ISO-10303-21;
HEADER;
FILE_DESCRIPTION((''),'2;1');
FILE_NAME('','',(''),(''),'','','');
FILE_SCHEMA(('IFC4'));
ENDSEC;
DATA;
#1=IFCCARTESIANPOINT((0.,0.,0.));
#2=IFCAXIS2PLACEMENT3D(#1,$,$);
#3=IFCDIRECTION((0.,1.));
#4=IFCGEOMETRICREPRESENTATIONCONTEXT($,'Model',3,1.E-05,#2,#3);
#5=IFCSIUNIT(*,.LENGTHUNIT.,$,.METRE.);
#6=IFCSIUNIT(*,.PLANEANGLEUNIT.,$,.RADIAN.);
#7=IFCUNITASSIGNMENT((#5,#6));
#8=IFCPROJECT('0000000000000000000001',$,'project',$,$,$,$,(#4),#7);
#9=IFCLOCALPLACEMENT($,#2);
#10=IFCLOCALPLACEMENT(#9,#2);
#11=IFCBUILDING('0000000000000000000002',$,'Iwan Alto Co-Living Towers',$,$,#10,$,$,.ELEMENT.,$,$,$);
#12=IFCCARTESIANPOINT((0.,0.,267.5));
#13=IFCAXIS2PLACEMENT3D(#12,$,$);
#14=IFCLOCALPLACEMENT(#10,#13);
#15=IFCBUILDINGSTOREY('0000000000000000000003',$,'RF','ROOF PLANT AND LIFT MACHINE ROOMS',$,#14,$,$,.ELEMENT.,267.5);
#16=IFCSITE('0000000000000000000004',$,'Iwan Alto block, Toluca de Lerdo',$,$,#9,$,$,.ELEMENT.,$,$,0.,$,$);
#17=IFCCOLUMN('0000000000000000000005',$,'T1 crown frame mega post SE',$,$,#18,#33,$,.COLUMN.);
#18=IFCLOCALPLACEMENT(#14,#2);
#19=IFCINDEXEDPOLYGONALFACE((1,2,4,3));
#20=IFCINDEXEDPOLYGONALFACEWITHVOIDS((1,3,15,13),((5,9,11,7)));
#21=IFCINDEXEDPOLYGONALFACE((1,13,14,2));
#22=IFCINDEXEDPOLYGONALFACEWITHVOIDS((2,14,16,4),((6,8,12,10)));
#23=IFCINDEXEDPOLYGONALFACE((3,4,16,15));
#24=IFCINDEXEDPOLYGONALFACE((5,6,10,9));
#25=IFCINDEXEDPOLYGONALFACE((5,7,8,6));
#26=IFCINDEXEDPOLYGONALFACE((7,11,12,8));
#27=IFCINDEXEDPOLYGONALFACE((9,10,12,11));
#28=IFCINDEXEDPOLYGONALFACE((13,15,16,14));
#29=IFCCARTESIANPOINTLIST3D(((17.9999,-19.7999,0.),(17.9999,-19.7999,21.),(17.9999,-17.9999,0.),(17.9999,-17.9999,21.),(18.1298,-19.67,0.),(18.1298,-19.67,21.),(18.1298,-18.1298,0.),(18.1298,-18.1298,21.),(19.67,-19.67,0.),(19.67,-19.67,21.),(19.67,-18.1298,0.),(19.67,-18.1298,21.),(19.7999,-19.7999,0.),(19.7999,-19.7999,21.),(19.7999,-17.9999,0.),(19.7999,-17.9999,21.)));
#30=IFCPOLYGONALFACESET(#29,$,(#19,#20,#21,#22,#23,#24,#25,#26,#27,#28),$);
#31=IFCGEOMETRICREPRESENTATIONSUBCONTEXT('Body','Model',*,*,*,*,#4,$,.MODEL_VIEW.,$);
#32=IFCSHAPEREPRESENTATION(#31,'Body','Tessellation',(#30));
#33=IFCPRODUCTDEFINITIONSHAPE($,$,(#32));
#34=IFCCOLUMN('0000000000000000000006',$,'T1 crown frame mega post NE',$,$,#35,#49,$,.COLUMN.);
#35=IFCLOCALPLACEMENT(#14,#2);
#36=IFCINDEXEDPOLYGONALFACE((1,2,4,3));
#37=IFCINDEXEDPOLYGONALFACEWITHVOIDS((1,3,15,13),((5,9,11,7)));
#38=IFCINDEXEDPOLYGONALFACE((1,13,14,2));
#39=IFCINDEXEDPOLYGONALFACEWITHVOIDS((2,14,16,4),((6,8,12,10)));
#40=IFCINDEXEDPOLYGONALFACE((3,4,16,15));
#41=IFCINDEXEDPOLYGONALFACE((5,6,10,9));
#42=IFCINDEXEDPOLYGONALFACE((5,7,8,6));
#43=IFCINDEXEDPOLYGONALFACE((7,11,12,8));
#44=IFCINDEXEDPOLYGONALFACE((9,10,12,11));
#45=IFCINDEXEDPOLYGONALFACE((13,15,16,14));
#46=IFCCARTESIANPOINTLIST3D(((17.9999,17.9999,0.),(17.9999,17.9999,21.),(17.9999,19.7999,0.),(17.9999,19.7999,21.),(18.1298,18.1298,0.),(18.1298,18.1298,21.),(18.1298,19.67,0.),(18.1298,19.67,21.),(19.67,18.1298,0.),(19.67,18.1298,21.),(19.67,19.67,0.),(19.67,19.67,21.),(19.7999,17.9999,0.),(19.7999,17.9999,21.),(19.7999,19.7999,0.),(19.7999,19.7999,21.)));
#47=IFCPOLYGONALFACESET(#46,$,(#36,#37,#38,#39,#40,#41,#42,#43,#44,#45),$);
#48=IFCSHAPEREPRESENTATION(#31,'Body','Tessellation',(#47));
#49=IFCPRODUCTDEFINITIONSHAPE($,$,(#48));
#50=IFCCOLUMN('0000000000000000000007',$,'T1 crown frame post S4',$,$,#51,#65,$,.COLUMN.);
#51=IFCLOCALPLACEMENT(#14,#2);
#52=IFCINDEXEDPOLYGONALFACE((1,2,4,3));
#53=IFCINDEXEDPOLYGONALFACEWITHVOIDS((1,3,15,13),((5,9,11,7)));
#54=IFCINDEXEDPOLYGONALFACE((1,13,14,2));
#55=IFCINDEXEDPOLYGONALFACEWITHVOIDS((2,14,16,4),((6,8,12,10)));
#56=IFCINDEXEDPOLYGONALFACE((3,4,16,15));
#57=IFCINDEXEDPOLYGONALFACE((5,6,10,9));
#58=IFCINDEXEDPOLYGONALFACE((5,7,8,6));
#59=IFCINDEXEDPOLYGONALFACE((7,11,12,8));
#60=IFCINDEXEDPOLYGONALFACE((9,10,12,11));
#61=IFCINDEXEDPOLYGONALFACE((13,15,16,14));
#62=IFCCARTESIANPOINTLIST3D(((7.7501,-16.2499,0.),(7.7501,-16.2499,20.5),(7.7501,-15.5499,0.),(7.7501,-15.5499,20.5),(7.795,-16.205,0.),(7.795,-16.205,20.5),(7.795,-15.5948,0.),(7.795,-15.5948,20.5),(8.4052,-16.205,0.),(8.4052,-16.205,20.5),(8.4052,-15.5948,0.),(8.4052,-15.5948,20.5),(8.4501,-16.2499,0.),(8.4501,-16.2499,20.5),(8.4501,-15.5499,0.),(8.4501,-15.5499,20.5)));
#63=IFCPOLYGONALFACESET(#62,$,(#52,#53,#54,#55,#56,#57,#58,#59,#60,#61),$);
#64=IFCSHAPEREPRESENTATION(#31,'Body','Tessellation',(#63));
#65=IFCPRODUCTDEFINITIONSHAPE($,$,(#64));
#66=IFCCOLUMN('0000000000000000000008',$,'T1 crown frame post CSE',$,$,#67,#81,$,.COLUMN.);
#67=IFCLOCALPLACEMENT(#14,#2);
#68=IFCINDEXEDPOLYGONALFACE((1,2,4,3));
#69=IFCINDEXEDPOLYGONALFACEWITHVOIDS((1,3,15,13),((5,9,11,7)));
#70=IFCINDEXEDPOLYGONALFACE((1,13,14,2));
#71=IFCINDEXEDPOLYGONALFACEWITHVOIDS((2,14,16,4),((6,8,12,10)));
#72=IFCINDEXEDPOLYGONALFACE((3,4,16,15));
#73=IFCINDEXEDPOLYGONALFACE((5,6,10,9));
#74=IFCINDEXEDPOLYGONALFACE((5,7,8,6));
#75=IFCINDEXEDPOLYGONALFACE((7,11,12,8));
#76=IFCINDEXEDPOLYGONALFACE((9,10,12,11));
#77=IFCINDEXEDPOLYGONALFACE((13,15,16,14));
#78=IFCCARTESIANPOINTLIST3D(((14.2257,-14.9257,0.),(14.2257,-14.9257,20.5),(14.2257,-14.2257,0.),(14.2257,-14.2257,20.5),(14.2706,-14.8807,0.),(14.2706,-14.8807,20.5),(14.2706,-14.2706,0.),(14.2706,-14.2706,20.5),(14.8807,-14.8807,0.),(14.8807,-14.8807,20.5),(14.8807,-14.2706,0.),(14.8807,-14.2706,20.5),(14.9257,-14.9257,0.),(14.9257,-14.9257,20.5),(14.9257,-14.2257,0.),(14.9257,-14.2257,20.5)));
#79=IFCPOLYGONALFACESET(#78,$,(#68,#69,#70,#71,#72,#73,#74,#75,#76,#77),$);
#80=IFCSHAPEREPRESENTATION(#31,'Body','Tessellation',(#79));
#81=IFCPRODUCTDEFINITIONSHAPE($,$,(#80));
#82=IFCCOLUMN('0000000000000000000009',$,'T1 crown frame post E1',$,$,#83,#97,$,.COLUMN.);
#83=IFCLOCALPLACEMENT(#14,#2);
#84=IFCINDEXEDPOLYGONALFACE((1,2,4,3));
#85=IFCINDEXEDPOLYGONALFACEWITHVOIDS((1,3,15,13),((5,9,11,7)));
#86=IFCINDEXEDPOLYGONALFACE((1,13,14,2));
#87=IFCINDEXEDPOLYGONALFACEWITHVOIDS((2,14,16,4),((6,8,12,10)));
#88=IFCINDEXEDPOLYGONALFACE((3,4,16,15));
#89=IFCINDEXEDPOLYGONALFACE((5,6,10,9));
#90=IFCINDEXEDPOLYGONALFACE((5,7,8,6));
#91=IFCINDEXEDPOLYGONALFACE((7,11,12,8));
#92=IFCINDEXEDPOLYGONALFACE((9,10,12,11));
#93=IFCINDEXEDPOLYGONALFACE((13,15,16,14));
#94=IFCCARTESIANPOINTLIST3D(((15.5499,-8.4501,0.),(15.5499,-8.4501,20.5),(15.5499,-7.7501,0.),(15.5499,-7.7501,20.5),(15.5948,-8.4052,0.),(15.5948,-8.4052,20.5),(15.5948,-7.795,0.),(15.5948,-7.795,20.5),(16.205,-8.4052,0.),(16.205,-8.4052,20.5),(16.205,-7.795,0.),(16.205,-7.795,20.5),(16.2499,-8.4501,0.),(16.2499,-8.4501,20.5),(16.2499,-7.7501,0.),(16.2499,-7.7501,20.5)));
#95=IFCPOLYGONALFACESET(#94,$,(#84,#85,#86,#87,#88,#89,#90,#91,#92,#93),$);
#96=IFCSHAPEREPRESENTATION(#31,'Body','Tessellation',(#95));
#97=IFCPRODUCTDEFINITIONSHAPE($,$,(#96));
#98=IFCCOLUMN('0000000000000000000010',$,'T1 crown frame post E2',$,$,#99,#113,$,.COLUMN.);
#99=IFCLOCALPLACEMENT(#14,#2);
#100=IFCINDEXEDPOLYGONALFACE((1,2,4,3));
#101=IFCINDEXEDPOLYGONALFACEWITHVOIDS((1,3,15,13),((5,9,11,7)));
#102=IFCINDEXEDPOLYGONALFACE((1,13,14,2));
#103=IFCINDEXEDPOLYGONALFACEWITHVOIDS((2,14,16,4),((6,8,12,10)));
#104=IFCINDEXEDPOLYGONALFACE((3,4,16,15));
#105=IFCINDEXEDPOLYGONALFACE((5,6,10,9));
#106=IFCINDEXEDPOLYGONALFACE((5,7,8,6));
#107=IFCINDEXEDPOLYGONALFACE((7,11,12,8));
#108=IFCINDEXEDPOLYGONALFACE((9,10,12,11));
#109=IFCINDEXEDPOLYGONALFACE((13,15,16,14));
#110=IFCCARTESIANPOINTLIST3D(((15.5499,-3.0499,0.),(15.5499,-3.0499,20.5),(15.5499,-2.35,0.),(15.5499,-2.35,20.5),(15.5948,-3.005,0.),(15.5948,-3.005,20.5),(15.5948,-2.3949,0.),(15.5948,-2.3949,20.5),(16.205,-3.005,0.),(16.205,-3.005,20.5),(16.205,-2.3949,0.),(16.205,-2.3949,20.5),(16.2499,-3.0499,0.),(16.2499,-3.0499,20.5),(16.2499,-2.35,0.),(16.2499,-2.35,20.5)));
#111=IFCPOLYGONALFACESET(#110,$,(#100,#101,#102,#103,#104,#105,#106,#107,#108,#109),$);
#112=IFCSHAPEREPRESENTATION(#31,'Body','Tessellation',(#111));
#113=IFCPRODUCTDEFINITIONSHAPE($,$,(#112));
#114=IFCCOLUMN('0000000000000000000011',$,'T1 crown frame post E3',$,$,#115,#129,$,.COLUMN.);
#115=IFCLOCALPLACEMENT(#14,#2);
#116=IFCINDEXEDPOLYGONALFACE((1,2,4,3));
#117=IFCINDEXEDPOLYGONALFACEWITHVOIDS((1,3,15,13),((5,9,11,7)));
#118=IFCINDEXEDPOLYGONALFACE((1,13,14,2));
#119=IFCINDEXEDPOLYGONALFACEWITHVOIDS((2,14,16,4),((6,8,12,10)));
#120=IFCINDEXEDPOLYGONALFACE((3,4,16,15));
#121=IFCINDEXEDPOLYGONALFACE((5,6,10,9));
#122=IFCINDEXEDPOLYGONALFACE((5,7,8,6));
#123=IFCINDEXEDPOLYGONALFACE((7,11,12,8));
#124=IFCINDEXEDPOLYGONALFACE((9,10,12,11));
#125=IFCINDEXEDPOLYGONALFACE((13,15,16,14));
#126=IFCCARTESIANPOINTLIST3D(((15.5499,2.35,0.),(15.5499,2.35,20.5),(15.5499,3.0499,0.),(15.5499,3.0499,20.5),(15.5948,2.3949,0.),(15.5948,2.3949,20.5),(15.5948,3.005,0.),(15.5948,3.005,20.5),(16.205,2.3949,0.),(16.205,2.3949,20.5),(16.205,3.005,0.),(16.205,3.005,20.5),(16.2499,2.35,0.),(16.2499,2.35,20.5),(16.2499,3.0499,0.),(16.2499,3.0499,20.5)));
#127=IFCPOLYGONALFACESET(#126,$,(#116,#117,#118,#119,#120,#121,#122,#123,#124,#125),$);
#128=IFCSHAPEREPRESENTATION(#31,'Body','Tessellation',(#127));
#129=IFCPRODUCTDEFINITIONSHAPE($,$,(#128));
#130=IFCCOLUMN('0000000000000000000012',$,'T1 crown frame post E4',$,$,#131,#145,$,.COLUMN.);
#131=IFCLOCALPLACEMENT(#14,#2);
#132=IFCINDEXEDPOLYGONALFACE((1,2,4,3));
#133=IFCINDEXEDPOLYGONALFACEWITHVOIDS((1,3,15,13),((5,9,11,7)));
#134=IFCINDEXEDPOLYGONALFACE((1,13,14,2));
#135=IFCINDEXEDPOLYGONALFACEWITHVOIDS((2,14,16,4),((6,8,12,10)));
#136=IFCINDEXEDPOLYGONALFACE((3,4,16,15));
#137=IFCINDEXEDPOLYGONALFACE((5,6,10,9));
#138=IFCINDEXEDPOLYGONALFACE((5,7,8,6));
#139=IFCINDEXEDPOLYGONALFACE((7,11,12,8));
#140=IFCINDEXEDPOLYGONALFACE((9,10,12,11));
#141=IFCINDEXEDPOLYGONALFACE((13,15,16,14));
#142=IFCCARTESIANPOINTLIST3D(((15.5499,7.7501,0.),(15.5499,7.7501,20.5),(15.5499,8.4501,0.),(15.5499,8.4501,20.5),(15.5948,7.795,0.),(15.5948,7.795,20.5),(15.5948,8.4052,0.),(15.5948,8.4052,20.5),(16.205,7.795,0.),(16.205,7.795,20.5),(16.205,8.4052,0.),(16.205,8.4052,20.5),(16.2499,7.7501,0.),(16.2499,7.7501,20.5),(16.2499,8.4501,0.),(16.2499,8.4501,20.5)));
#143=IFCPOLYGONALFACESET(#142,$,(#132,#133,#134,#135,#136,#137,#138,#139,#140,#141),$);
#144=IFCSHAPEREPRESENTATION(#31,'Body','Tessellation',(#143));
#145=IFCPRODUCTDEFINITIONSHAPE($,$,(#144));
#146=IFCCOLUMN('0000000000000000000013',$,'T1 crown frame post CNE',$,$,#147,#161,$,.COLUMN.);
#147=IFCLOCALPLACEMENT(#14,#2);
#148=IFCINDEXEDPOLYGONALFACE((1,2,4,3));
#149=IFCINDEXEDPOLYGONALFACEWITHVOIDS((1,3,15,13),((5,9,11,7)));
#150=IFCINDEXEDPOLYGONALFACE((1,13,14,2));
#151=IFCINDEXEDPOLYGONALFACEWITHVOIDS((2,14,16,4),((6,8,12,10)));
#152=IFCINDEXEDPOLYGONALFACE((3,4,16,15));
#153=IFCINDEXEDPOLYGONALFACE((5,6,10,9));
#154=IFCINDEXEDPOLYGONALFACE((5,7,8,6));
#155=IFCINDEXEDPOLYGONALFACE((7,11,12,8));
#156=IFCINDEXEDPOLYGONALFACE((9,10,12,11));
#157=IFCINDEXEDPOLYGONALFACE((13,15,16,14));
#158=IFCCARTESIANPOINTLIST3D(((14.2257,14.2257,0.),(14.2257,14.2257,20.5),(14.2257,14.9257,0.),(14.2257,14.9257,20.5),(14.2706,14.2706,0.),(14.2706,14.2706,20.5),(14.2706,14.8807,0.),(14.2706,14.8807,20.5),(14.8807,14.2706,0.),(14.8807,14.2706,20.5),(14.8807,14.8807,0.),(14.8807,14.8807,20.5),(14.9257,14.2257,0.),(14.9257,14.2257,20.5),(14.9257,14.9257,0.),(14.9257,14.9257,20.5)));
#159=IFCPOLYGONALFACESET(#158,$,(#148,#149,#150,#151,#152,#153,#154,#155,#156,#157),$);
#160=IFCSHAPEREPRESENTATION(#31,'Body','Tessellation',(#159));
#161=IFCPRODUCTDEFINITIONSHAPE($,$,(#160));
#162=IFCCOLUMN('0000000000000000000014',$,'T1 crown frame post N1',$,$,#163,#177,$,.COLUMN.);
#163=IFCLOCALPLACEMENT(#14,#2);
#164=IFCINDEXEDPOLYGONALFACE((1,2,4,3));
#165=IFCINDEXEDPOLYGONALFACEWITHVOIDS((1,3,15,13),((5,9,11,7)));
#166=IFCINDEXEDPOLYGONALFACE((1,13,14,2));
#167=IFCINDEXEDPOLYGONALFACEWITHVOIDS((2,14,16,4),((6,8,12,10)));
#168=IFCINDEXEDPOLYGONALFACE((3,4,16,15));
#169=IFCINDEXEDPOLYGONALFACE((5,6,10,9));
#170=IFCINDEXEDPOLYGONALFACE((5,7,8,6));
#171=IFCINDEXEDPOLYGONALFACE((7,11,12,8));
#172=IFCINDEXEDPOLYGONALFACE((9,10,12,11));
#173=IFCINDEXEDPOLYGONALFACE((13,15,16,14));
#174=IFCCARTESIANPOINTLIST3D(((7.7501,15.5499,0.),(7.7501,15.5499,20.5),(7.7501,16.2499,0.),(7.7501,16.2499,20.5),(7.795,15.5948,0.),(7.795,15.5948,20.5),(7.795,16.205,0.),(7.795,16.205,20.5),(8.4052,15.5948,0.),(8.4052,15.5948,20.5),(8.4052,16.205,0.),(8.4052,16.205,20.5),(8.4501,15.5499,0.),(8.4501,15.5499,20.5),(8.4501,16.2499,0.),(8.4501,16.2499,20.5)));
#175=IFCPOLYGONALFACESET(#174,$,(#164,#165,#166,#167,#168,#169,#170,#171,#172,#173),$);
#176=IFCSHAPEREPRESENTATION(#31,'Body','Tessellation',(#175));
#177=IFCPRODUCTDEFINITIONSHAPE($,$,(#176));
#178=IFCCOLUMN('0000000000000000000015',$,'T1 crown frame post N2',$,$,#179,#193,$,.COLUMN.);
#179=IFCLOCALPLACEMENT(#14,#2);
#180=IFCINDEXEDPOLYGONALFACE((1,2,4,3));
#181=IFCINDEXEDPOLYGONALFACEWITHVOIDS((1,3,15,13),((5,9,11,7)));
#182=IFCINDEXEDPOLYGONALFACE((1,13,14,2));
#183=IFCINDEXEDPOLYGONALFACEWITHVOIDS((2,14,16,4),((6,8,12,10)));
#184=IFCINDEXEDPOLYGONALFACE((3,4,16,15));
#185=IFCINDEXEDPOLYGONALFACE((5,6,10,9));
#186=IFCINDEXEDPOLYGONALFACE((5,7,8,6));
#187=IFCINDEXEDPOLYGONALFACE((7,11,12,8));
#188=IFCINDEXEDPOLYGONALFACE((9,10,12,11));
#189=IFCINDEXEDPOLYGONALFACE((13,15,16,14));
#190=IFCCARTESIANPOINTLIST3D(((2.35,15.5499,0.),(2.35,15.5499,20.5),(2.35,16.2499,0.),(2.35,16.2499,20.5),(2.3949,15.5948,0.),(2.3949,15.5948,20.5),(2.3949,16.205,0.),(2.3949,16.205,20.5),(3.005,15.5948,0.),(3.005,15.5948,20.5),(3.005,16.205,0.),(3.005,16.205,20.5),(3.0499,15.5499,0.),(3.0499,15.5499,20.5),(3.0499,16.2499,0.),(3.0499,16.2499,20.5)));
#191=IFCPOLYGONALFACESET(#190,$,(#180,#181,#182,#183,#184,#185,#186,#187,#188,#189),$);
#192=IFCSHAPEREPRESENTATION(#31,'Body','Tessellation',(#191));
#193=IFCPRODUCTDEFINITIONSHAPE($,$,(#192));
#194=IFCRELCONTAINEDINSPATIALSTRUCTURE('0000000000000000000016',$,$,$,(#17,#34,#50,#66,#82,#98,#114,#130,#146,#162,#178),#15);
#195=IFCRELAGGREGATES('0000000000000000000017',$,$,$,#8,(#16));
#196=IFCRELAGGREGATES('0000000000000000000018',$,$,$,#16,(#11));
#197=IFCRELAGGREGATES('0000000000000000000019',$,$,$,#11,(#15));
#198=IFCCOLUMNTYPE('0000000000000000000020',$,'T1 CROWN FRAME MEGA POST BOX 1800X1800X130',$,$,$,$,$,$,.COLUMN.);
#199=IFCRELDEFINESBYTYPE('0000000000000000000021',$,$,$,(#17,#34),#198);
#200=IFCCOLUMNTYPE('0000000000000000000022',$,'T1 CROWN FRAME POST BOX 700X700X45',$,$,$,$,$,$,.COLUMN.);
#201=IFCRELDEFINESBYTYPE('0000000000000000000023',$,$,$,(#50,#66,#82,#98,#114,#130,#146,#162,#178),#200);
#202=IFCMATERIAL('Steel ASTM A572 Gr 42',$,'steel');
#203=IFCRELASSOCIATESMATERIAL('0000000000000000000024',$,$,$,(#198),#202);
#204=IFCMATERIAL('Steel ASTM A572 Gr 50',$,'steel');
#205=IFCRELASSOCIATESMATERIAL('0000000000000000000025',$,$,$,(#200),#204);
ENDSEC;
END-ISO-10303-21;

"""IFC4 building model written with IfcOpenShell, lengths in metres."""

from ifc_helpers import new_model, si_unit, direction, frame, origin, origin_2d, place, context, subcontext, project, spatial, hollow_rectangle, extrude, material, material_profile, profile_set, type_object, element, save


model = new_model("IFC4")

# Units and contexts
model_context = context("Model", 3, precision=1e-05, world=origin(), true_north=direction((0.0, 1.0)))
body_context = subcontext(model_context, "Body", "Model", "MODEL_VIEW")
ifc_project = project(units=[si_unit("LENGTHUNIT", "METRE"), si_unit("PLANEANGLEUNIT", "RADIAN")], contexts=[model_context])

# Site, building, storey
site_placement = place(None, origin())
site = spatial("IfcSite", under=ifc_project, at=site_placement, Name="Iwan Alto block, Toluca de Lerdo", CompositionType="ELEMENT", RefElevation=0.0)
building_placement = place(site_placement, origin())
building = spatial("IfcBuilding", under=site, at=building_placement, Name="Iwan Alto Co-Living Towers", CompositionType="ELEMENT")
storey_placement = place(building_placement, frame((0.0, 0.0, 267.5)))
storey = spatial("IfcBuildingStorey", under=building, at=storey_placement, Name="RF", Description="ROOF PLANT AND LIFT MACHINE ROOMS", CompositionType="ELEMENT", Elevation=267.5)

# Columns
ifc_material_1 = material(Name="Steel ASTM A572 Gr 42", Category="steel")
ifc_material_profile_1 = material_profile(ifc_material_1, hollow_rectangle(XDim=1.8, YDim=1.8, WallThickness=0.1299, at=origin_2d()), Name="BOX 1800X1800X130")
ifc_profile_set_1 = profile_set([ifc_material_profile_1], Name="Steel ASTM A572 Gr 42")
column_type_1 = type_object("IfcColumnType", Name="T1 CROWN FRAME MEGA POST BOX 1800X1800X130", PredefinedType="COLUMN", material=ifc_profile_set_1)
for number, where, z_axis, x_axis, name in (
    (1, (18.8999, -18.8999, 0.0), (0.0, 0.0, 1.0), (1.0, 0.0, 0.0), "T1 crown frame mega post SE"),
    (2, (18.8999, 18.8999, 0.0), (0.0, 0.0, 1.0), (1.0, 0.0, 0.0), "T1 crown frame mega post NE"),
):
    element("IfcColumn", number, at=place(storey_placement, frame(where, z_axis=z_axis, x_axis=x_axis)), inside=storey, type_object=column_type_1, Name=name, PredefinedType="COLUMN", context=body_context, shape_type="SweptSolid", body=[
        extrude(hollow_rectangle(XDim=1.8, YDim=1.8, WallThickness=0.1299, at=origin_2d()), origin(), (0.0, 0.0, 1.0), 21.0),
    ])
ifc_material_2 = material(Name="Steel ASTM A572 Gr 50", Category="steel")
ifc_material_profile_2 = material_profile(ifc_material_2, hollow_rectangle(XDim=0.7, YDim=0.7, WallThickness=0.0449, at=origin_2d()), Name="BOX 700X700X45")
ifc_profile_set_2 = profile_set([ifc_material_profile_2], Name="Steel ASTM A572 Gr 50")
column_type_2 = type_object("IfcColumnType", Name="T1 CROWN FRAME POST BOX 700X700X45", PredefinedType="COLUMN", material=ifc_profile_set_2)
for number, where, z_axis, x_axis, name in (
    (3, (8.1001, -15.8999, 0.0), (0.0, 0.0, 1.0), (1.0, 0.0, 0.0), "T1 crown frame post S4"),
    (4, (14.5757, -14.5757, 0.0), (0.0, 0.0, 1.0), (1.0, 0.0, 0.0), "T1 crown frame post CSE"),
    (5, (15.8999, -8.1001, 0.0), (0.0, 0.0, 1.0), (1.0, 0.0, 0.0), "T1 crown frame post E1"),
    (6, (15.8999, -2.7, 0.0), (0.0, 0.0, 1.0), (1.0, 0.0, 0.0), "T1 crown frame post E2"),
    (7, (15.8999, 2.7, 0.0), (0.0, 0.0, 1.0), (1.0, 0.0, 0.0), "T1 crown frame post E3"),
    (8, (15.8999, 8.1001, 0.0), (0.0, 0.0, 1.0), (1.0, 0.0, 0.0), "T1 crown frame post E4"),
    (9, (14.5757, 14.5757, 0.0), (0.0, 0.0, 1.0), (1.0, 0.0, 0.0), "T1 crown frame post CNE"),
    (10, (8.1001, 15.8999, 0.0), (0.0, 0.0, 1.0), (1.0, 0.0, 0.0), "T1 crown frame post N1"),
    (11, (2.7, 15.8999, 0.0), (0.0, 0.0, 1.0), (1.0, 0.0, 0.0), "T1 crown frame post N2"),
):
    element("IfcColumn", number, at=place(storey_placement, frame(where, z_axis=z_axis, x_axis=x_axis)), inside=storey, type_object=column_type_2, Name=name, PredefinedType="COLUMN", context=body_context, shape_type="SweptSolid", body=[
        extrude(hollow_rectangle(XDim=0.7, YDim=0.7, WallThickness=0.0449, at=origin_2d()), origin(), (0.0, 0.0, 1.0), 20.5),
    ])

save(model, "model.ifc")
